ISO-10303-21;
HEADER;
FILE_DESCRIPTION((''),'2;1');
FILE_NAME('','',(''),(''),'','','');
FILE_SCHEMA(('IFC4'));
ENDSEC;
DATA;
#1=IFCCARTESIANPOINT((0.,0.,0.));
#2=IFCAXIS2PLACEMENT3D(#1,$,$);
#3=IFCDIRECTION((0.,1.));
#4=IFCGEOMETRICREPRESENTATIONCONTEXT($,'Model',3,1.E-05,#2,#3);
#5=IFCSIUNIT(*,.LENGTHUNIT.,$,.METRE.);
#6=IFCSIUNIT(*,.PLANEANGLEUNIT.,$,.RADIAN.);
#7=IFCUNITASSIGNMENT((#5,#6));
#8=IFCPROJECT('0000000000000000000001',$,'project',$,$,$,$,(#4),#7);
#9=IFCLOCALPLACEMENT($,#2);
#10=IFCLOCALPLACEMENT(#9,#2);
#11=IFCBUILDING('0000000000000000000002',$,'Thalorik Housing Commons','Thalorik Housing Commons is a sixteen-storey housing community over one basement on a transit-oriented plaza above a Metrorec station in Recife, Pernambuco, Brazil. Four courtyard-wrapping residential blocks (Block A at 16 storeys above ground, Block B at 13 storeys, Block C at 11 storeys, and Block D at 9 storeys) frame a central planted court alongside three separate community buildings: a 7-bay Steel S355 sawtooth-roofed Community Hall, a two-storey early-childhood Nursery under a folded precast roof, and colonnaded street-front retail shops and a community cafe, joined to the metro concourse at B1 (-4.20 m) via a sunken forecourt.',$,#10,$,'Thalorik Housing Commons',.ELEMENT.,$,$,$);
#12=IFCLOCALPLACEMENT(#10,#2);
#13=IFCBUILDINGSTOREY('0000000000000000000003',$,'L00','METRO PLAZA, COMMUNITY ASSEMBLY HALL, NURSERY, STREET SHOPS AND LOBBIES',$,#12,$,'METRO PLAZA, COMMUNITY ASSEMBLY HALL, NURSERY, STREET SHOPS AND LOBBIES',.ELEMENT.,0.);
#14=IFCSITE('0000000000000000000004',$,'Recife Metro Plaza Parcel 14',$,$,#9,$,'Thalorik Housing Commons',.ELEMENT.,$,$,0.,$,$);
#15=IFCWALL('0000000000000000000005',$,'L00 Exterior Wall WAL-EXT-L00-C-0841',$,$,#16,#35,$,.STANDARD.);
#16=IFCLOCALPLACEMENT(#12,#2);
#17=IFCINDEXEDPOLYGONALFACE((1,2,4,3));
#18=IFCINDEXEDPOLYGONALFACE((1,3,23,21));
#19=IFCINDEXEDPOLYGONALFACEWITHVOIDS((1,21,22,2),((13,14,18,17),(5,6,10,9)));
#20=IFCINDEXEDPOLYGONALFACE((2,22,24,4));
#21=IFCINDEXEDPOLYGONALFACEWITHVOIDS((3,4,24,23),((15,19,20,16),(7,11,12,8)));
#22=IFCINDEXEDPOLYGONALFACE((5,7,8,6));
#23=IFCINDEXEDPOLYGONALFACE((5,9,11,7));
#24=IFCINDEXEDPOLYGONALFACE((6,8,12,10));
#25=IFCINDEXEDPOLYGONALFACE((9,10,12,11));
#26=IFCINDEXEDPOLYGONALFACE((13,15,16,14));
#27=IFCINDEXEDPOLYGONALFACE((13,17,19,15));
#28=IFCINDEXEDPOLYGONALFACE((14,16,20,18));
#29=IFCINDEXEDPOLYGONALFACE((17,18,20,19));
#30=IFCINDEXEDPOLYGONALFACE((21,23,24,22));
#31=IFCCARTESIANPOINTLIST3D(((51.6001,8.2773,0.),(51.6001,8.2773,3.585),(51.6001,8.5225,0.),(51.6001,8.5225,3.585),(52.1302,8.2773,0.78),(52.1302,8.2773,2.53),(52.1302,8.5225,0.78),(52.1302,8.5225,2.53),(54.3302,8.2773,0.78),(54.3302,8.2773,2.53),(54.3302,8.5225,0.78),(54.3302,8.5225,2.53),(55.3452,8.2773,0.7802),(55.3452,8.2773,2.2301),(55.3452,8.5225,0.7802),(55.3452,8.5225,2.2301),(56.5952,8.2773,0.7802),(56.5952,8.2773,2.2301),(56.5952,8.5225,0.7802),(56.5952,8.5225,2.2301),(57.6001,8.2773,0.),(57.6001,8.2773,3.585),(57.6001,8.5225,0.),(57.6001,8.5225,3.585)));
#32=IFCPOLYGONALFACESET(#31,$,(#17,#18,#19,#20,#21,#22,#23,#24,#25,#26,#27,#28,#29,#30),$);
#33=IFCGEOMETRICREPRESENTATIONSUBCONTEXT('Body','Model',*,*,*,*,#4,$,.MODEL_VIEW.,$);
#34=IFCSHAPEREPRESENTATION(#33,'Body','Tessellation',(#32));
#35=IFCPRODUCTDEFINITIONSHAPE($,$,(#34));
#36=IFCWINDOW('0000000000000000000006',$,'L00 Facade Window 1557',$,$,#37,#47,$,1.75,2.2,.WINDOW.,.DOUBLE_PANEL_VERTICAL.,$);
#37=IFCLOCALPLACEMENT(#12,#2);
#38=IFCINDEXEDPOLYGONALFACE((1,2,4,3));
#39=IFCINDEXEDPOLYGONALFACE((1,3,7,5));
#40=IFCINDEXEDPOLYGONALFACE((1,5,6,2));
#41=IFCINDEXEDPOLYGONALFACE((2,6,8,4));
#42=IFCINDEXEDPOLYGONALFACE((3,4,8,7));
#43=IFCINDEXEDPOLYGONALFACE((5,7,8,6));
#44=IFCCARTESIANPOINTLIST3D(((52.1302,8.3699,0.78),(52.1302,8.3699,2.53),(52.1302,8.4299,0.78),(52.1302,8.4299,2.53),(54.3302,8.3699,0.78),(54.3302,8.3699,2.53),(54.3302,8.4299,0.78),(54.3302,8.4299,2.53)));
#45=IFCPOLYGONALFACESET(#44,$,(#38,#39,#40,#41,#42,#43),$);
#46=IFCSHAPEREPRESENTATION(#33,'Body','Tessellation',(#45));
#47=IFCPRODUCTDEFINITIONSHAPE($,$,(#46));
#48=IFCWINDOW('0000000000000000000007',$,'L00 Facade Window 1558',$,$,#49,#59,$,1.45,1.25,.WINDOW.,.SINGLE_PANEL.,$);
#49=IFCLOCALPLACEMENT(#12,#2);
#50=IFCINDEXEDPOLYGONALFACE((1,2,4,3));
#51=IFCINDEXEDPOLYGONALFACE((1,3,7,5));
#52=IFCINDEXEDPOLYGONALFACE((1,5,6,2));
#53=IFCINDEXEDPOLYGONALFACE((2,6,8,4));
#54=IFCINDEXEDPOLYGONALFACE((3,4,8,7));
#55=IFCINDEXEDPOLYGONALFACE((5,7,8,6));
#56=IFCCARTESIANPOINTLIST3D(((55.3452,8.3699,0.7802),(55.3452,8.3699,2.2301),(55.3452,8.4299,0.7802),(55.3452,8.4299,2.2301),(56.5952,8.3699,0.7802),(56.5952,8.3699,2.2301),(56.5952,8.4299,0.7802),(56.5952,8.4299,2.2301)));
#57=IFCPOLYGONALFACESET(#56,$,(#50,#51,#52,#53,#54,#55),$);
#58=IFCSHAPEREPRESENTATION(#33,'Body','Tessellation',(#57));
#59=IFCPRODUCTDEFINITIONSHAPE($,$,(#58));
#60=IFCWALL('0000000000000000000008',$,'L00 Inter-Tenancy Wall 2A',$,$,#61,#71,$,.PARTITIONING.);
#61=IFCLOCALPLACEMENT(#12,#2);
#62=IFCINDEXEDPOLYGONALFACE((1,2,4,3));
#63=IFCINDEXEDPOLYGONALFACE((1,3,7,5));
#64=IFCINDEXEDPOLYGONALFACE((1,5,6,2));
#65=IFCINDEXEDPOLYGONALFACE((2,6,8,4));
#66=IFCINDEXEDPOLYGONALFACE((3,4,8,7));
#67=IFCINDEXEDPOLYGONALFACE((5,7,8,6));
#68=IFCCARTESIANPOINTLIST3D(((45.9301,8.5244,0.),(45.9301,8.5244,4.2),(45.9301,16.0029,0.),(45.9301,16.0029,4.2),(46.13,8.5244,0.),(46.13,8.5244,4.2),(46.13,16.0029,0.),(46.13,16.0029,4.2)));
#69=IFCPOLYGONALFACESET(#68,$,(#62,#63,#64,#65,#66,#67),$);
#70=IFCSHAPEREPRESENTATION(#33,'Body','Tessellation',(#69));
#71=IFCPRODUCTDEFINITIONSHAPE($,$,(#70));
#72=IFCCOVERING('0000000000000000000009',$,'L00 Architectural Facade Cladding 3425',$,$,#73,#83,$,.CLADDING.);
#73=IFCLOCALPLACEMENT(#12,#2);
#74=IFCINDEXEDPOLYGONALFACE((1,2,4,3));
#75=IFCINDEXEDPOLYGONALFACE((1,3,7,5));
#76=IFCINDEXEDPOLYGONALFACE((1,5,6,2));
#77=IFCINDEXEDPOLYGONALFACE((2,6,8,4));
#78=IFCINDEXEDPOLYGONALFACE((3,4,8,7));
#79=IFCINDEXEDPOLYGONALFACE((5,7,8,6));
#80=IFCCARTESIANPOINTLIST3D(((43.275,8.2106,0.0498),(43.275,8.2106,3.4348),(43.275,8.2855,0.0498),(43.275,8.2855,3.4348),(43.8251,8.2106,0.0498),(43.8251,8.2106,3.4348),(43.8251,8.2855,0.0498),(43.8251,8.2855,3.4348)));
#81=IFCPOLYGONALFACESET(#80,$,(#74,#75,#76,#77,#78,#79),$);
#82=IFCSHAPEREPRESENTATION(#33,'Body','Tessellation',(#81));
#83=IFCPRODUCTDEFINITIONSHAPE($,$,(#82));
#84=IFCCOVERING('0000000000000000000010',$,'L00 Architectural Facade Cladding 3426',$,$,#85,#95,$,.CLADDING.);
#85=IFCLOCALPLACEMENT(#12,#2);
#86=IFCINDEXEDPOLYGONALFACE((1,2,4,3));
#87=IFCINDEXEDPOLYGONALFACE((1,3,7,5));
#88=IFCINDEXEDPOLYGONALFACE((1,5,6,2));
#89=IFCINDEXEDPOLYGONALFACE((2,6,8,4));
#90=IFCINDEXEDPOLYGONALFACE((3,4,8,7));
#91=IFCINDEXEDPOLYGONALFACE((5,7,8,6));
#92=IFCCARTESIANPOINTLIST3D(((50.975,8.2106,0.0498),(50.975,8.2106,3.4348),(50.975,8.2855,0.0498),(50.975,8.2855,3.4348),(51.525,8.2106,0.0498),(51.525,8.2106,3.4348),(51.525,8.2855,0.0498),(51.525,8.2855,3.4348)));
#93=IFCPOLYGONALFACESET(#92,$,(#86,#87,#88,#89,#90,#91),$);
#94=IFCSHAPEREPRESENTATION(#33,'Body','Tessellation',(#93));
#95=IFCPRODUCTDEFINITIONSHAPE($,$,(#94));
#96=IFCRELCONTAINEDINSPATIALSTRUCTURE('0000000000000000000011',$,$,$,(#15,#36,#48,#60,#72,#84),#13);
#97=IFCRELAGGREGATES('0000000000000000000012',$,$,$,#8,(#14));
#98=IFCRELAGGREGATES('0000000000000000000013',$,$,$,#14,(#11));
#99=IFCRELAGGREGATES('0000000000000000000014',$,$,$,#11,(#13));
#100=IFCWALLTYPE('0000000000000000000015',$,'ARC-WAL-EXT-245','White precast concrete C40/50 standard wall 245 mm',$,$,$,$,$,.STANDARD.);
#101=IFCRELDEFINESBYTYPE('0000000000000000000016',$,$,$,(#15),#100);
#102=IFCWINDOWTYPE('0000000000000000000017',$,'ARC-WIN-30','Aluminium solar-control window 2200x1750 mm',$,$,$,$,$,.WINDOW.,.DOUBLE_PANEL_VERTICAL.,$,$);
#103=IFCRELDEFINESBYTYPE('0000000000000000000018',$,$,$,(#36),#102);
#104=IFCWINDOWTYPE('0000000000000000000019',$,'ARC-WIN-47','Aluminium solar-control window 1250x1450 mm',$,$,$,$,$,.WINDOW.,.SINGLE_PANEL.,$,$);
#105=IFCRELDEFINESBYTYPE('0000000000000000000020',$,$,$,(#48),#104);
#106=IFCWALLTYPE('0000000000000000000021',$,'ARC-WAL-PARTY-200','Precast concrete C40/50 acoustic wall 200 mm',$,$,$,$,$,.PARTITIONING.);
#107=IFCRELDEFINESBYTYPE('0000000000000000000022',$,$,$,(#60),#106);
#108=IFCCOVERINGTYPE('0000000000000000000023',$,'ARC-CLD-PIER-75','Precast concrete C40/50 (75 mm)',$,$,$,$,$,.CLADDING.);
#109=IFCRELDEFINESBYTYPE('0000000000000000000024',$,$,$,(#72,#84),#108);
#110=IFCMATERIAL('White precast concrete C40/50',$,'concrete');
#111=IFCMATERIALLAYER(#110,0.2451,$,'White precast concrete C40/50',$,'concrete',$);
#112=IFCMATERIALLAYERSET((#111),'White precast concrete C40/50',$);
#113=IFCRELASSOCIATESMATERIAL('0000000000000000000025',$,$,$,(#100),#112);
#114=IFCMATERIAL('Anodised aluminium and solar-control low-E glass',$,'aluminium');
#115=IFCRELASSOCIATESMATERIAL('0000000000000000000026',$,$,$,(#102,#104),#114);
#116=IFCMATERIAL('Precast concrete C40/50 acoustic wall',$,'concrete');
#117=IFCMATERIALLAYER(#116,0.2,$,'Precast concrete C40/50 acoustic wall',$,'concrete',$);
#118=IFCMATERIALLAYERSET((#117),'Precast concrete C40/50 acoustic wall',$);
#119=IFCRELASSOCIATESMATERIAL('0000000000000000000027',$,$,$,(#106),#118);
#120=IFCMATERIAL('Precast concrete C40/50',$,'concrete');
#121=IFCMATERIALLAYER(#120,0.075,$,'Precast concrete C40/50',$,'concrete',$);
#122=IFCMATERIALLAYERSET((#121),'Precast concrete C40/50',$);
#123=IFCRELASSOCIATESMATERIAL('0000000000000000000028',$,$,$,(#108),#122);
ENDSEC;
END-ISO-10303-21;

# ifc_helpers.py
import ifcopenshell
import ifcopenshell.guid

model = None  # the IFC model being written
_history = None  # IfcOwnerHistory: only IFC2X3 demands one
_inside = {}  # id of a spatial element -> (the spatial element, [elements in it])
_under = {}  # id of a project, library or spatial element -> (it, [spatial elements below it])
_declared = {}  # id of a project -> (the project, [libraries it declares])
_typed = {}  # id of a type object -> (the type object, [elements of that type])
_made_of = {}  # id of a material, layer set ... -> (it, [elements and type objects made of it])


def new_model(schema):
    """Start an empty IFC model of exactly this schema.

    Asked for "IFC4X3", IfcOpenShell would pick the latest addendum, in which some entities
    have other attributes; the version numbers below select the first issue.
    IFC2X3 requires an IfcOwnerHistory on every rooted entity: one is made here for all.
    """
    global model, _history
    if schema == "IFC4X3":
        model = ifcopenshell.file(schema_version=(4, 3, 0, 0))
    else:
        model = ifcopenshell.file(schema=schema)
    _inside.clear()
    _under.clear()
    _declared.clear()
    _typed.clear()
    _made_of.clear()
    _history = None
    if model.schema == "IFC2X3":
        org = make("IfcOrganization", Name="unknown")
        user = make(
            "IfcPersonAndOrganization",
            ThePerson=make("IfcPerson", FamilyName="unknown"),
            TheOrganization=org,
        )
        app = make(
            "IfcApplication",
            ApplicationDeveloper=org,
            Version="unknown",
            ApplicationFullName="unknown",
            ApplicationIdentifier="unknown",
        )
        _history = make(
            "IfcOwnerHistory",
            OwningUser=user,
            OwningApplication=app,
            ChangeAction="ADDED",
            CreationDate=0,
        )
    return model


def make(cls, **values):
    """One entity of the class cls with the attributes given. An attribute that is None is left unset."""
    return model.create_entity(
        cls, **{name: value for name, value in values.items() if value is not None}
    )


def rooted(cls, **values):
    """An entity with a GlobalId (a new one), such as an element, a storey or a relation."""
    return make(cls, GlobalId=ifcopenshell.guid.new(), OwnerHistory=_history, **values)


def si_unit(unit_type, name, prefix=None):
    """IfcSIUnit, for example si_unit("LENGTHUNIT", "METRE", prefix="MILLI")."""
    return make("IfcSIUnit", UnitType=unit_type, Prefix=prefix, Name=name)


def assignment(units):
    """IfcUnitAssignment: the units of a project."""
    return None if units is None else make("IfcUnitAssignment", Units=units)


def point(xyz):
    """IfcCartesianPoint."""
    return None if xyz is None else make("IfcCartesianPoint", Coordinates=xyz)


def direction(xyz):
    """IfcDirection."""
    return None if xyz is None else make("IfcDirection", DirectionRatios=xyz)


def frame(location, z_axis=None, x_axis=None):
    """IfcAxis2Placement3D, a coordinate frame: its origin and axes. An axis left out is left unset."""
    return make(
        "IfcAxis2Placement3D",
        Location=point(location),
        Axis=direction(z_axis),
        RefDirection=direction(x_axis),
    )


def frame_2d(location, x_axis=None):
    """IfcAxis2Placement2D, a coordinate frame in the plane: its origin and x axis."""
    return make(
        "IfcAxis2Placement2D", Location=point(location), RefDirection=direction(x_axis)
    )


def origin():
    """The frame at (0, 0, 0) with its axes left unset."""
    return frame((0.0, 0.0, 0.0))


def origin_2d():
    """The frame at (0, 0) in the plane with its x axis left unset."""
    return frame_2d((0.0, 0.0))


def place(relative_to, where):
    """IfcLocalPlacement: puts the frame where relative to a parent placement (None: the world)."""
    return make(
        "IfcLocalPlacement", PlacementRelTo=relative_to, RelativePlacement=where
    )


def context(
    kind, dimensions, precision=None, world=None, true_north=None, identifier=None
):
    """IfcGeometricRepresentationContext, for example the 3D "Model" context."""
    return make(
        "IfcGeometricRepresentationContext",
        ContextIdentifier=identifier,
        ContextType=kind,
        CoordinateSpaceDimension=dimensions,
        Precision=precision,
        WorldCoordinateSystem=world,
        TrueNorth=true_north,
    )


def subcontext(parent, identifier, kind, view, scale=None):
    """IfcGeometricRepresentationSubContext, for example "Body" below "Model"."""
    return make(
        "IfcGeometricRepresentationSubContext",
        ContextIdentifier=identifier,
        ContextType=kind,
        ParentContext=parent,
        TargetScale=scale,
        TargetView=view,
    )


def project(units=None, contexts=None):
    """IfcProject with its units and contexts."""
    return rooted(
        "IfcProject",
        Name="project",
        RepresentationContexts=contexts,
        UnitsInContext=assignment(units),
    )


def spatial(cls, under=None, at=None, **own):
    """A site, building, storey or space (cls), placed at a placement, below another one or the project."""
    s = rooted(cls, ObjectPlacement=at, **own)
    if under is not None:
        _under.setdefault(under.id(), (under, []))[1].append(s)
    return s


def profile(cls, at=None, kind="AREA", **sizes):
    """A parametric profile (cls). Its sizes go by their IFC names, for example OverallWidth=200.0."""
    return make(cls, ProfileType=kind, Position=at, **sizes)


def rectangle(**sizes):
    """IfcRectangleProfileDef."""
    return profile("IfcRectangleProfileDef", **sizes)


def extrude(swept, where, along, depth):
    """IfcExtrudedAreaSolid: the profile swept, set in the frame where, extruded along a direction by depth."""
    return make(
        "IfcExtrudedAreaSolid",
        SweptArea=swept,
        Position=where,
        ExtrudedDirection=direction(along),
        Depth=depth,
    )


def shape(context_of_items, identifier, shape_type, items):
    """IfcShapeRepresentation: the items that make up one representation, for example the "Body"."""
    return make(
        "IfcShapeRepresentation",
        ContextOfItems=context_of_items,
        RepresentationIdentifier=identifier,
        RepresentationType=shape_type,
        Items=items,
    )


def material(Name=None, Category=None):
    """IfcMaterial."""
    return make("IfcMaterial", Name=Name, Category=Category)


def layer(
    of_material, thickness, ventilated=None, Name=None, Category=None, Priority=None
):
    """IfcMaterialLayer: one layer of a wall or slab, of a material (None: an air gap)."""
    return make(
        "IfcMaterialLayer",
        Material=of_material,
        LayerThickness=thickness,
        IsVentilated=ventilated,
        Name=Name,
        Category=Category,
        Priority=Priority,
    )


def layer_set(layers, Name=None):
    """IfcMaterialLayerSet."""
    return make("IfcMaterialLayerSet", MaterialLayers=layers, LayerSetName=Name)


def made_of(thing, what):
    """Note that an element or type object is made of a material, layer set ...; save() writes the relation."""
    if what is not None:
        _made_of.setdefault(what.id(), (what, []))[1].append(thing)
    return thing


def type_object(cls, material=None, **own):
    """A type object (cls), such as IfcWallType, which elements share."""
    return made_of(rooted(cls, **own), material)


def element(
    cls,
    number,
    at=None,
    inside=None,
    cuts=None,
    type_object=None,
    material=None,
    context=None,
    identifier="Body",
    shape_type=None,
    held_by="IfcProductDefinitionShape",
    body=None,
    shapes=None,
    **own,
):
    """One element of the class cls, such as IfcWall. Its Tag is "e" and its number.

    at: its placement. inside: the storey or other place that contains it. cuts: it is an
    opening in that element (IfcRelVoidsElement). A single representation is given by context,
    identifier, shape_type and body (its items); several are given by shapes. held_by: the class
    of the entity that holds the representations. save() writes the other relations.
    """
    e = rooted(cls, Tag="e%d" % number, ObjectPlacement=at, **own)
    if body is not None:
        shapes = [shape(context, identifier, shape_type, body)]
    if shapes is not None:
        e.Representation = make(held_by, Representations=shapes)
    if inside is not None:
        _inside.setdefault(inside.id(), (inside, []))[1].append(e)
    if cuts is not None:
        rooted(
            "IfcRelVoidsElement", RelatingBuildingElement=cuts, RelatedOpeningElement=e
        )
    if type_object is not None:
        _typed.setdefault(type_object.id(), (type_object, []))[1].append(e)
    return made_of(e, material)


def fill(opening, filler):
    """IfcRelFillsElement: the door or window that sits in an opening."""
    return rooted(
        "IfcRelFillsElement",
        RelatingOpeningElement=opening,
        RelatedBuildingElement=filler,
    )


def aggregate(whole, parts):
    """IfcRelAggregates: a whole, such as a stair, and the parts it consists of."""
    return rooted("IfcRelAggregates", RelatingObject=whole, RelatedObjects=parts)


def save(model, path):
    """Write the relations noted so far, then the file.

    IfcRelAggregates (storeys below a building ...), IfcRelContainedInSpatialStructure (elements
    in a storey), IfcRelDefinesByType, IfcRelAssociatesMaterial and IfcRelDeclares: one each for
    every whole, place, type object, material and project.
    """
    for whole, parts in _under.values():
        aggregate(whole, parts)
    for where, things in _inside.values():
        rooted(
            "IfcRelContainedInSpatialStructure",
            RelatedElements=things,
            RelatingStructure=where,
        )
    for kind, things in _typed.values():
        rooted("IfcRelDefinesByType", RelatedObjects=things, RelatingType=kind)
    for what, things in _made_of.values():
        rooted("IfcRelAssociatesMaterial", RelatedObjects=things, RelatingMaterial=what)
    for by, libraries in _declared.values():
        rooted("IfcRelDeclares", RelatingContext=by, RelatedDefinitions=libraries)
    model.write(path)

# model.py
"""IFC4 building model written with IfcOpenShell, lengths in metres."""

from ifc_helpers import new_model, si_unit, direction, frame, frame_2d, origin, origin_2d, place, context, subcontext, project, spatial, rectangle, extrude, material, layer, layer_set, type_object, element, fill, save


model = new_model("IFC4")

# Units and contexts
model_context = context("Model", 3, precision=1e-05, world=origin(), true_north=direction((0.0, 1.0)))
body_context = subcontext(model_context, "Body", "Model", "MODEL_VIEW")
ifc_project = project(units=[si_unit("LENGTHUNIT", "METRE"), si_unit("PLANEANGLEUNIT", "RADIAN")], contexts=[model_context])

# Site, building, storey
site_placement = place(None, origin())
site = spatial("IfcSite", under=ifc_project, at=site_placement, Name="Recife Metro Plaza Parcel 14", LongName="Thalorik Housing Commons", CompositionType="ELEMENT", RefElevation=0.0)
building_placement = place(site_placement, origin())
building = spatial("IfcBuilding", under=site, at=building_placement, Name="Thalorik Housing Commons", Description="Thalorik Housing Commons is a sixteen-storey housing community over one basement on a transit-oriented plaza above a Metrorec station in Recife, Pernambuco, Brazil. Four courtyard-wrapping residential blocks (Block A at 16 storeys above ground, Block B at 13 storeys, Block C at 11 storeys, and Block D at 9 storeys) frame a central planted court alongside three separate community buildings: a 7-bay Steel S355 sawtooth-roofed Community Hall, a two-storey early-childhood Nursery under a folded precast roof, and colonnaded street-front retail shops and a community cafe, joined to the metro concourse at B1 (-4.20 m) via a sunken forecourt.", LongName="Thalorik Housing Commons", CompositionType="ELEMENT")
storey_placement = place(building_placement, origin())
storey = spatial("IfcBuildingStorey", under=building, at=storey_placement, Name="L00", Description="METRO PLAZA, COMMUNITY ASSEMBLY HALL, NURSERY, STREET SHOPS AND LOBBIES", LongName="METRO PLAZA, COMMUNITY ASSEMBLY HALL, NURSERY, STREET SHOPS AND LOBBIES", CompositionType="ELEMENT", Elevation=0.0)

# Shared definitions
ifc_material_1 = material(Name="Precast concrete C40/50", Category="concrete")

# Wall, openings, windows
ifc_material_2 = material(Name="White precast concrete C40/50", Category="concrete")
ifc_layer_1 = layer(ifc_material_2, 0.2451, Name="White precast concrete C40/50", Category="concrete")
ifc_layer_set_1 = layer_set([ifc_layer_1], Name="White precast concrete C40/50")
wall_type_1 = type_object("IfcWallType", Name="ARC-WAL-EXT-245", Description="White precast concrete C40/50 standard wall 245 mm", PredefinedType="STANDARD", material=ifc_layer_set_1)
ifc_material_3 = material(Name="Anodised aluminium and solar-control low-E glass", Category="aluminium")
wall_1_placement = place(storey_placement, frame((51.6001, 8.3999, 0.0), z_axis=(0.0, 0.0, 1.0), x_axis=(1.0, 0.0, 0.0)))
wall_1 = element("IfcWall", 1, at=wall_1_placement, inside=storey, type_object=wall_type_1, Name="L00 Exterior Wall WAL-EXT-L00-C-0841", PredefinedType="STANDARD", context=body_context, shape_type="SweptSolid", body=[
    extrude(rectangle(XDim=6.0, YDim=0.2451, at=frame_2d((3.0, 0.0))), origin(), (0.0, 0.0, 1.0), 3.585),
])
opening_1_placement = place(wall_1_placement, frame((0.53, 0.0, 0.78)))
opening_1 = element("IfcOpeningElement", 2, at=opening_1_placement, cuts=wall_1, PredefinedType="OPENING", context=body_context, shape_type="SweptSolid", body=[
    extrude(rectangle(XDim=2.2, YDim=1.75, at=frame_2d((1.1001, 0.875))), frame((0.0, 0.1326, 0.0), z_axis=(0.0, -1.0, 0.0), x_axis=(1.0, 0.0, 0.0)), (0.0, 0.0, 1.0), 0.2651),
])
opening_2_placement = place(wall_1_placement, frame((3.7451, 0.0, 0.78)))
opening_2 = element("IfcOpeningElement", 3, at=opening_2_placement, cuts=wall_1, PredefinedType="OPENING", context=body_context, shape_type="SweptSolid", body=[
    extrude(rectangle(XDim=1.25, YDim=1.45, at=frame_2d((0.625, 0.7251))), frame((0.0, 0.1326, 0.0), z_axis=(0.0, -1.0, 0.0), x_axis=(1.0, 0.0, 0.0)), (0.0, 0.0, 1.0), 0.2651),
])
window_type_1 = type_object("IfcWindowType", Name="ARC-WIN-30", Description="Aluminium solar-control window 2200x1750 mm", PartitioningType="DOUBLE_PANEL_VERTICAL", PredefinedType="WINDOW", material=ifc_material_3)
window_1_placement = place(opening_1_placement, origin())
window_1 = element("IfcWindow", 4, at=window_1_placement, inside=storey, type_object=window_type_1, Name="L00 Facade Window 1557", OverallHeight=1.75, OverallWidth=2.2, PartitioningType="DOUBLE_PANEL_VERTICAL", PredefinedType="WINDOW", context=body_context, shape_type="SweptSolid", body=[
    extrude(rectangle(XDim=2.2, YDim=1.75, at=frame_2d((1.1001, 0.875))), frame((0.0, 0.03, 0.0), z_axis=(0.0, -1.0, 0.0), x_axis=(1.0, 0.0, 0.0)), (0.0, 0.0, 1.0), 0.0601),
])
fill(opening_1, window_1)
window_type_2 = type_object("IfcWindowType", Name="ARC-WIN-47", Description="Aluminium solar-control window 1250x1450 mm", PartitioningType="SINGLE_PANEL", PredefinedType="WINDOW", material=ifc_material_3)
window_2_placement = place(opening_2_placement, origin())
window_2 = element("IfcWindow", 5, at=window_2_placement, inside=storey, type_object=window_type_2, Name="L00 Facade Window 1558", OverallHeight=1.45, OverallWidth=1.25, PartitioningType="SINGLE_PANEL", PredefinedType="WINDOW", context=body_context, shape_type="SweptSolid", body=[
    extrude(rectangle(XDim=1.25, YDim=1.45, at=frame_2d((0.625, 0.7251))), frame((0.0, 0.03, 0.0), z_axis=(0.0, -1.0, 0.0), x_axis=(1.0, 0.0, 0.0)), (0.0, 0.0, 1.0), 0.0601),
])
fill(opening_2, window_2)

# Wall
ifc_material_4 = material(Name="Precast concrete C40/50 acoustic wall", Category="concrete")
ifc_layer_2 = layer(ifc_material_4, 0.2, Name="Precast concrete C40/50 acoustic wall", Category="concrete")
ifc_layer_set_2 = layer_set([ifc_layer_2], Name="Precast concrete C40/50 acoustic wall")
wall_type_2 = type_object("IfcWallType", Name="ARC-WAL-PARTY-200", Description="Precast concrete C40/50 acoustic wall 200 mm", PredefinedType="PARTITIONING", material=ifc_layer_set_2)
wall_2_placement = place(storey_placement, frame((46.03, 8.5244, 0.0), z_axis=(0.0, 0.0, 1.0), x_axis=(0.0, 1.0, 0.0)))
element("IfcWall", 6, at=wall_2_placement, inside=storey, type_object=wall_type_2, Name="L00 Inter-Tenancy Wall 2A", PredefinedType="PARTITIONING", context=body_context, shape_type="SweptSolid", body=[
    extrude(rectangle(XDim=7.4785, YDim=0.2, at=frame_2d((3.7393, 0.0))), origin(), (0.0, 0.0, 1.0), 4.2),
])

# Coverings
ifc_layer_3 = layer(ifc_material_1, 0.075, Name="Precast concrete C40/50", Category="concrete")
ifc_layer_set_3 = layer_set([ifc_layer_3], Name="Precast concrete C40/50")
covering_type = type_object("IfcCoveringType", Name="ARC-CLD-PIER-75", Description="Precast concrete C40/50 (75 mm)", PredefinedType="CLADDING", material=ifc_layer_set_3)
for number, where, z_axis, x_axis, name in (
    (7, (43.55, 8.248, 0.0498), (0.0, 0.0, 1.0), (1.0, 0.0, 0.0), "L00 Architectural Facade Cladding 3425"),
    (8, (51.25, 8.248, 0.0498), (0.0, 0.0, 1.0), (1.0, 0.0, 0.0), "L00 Architectural Facade Cladding 3426"),
):
    element("IfcCovering", number, at=place(storey_placement, frame(where, z_axis=z_axis, x_axis=x_axis)), inside=storey, type_object=covering_type, Name=name, PredefinedType="CLADDING", context=body_context, shape_type="SweptSolid", body=[
        extrude(rectangle(XDim=0.55, YDim=0.075, at=origin_2d()), origin(), (0.0, 0.0, 1.0), 3.385),
    ])

save(model, "model.ifc")
